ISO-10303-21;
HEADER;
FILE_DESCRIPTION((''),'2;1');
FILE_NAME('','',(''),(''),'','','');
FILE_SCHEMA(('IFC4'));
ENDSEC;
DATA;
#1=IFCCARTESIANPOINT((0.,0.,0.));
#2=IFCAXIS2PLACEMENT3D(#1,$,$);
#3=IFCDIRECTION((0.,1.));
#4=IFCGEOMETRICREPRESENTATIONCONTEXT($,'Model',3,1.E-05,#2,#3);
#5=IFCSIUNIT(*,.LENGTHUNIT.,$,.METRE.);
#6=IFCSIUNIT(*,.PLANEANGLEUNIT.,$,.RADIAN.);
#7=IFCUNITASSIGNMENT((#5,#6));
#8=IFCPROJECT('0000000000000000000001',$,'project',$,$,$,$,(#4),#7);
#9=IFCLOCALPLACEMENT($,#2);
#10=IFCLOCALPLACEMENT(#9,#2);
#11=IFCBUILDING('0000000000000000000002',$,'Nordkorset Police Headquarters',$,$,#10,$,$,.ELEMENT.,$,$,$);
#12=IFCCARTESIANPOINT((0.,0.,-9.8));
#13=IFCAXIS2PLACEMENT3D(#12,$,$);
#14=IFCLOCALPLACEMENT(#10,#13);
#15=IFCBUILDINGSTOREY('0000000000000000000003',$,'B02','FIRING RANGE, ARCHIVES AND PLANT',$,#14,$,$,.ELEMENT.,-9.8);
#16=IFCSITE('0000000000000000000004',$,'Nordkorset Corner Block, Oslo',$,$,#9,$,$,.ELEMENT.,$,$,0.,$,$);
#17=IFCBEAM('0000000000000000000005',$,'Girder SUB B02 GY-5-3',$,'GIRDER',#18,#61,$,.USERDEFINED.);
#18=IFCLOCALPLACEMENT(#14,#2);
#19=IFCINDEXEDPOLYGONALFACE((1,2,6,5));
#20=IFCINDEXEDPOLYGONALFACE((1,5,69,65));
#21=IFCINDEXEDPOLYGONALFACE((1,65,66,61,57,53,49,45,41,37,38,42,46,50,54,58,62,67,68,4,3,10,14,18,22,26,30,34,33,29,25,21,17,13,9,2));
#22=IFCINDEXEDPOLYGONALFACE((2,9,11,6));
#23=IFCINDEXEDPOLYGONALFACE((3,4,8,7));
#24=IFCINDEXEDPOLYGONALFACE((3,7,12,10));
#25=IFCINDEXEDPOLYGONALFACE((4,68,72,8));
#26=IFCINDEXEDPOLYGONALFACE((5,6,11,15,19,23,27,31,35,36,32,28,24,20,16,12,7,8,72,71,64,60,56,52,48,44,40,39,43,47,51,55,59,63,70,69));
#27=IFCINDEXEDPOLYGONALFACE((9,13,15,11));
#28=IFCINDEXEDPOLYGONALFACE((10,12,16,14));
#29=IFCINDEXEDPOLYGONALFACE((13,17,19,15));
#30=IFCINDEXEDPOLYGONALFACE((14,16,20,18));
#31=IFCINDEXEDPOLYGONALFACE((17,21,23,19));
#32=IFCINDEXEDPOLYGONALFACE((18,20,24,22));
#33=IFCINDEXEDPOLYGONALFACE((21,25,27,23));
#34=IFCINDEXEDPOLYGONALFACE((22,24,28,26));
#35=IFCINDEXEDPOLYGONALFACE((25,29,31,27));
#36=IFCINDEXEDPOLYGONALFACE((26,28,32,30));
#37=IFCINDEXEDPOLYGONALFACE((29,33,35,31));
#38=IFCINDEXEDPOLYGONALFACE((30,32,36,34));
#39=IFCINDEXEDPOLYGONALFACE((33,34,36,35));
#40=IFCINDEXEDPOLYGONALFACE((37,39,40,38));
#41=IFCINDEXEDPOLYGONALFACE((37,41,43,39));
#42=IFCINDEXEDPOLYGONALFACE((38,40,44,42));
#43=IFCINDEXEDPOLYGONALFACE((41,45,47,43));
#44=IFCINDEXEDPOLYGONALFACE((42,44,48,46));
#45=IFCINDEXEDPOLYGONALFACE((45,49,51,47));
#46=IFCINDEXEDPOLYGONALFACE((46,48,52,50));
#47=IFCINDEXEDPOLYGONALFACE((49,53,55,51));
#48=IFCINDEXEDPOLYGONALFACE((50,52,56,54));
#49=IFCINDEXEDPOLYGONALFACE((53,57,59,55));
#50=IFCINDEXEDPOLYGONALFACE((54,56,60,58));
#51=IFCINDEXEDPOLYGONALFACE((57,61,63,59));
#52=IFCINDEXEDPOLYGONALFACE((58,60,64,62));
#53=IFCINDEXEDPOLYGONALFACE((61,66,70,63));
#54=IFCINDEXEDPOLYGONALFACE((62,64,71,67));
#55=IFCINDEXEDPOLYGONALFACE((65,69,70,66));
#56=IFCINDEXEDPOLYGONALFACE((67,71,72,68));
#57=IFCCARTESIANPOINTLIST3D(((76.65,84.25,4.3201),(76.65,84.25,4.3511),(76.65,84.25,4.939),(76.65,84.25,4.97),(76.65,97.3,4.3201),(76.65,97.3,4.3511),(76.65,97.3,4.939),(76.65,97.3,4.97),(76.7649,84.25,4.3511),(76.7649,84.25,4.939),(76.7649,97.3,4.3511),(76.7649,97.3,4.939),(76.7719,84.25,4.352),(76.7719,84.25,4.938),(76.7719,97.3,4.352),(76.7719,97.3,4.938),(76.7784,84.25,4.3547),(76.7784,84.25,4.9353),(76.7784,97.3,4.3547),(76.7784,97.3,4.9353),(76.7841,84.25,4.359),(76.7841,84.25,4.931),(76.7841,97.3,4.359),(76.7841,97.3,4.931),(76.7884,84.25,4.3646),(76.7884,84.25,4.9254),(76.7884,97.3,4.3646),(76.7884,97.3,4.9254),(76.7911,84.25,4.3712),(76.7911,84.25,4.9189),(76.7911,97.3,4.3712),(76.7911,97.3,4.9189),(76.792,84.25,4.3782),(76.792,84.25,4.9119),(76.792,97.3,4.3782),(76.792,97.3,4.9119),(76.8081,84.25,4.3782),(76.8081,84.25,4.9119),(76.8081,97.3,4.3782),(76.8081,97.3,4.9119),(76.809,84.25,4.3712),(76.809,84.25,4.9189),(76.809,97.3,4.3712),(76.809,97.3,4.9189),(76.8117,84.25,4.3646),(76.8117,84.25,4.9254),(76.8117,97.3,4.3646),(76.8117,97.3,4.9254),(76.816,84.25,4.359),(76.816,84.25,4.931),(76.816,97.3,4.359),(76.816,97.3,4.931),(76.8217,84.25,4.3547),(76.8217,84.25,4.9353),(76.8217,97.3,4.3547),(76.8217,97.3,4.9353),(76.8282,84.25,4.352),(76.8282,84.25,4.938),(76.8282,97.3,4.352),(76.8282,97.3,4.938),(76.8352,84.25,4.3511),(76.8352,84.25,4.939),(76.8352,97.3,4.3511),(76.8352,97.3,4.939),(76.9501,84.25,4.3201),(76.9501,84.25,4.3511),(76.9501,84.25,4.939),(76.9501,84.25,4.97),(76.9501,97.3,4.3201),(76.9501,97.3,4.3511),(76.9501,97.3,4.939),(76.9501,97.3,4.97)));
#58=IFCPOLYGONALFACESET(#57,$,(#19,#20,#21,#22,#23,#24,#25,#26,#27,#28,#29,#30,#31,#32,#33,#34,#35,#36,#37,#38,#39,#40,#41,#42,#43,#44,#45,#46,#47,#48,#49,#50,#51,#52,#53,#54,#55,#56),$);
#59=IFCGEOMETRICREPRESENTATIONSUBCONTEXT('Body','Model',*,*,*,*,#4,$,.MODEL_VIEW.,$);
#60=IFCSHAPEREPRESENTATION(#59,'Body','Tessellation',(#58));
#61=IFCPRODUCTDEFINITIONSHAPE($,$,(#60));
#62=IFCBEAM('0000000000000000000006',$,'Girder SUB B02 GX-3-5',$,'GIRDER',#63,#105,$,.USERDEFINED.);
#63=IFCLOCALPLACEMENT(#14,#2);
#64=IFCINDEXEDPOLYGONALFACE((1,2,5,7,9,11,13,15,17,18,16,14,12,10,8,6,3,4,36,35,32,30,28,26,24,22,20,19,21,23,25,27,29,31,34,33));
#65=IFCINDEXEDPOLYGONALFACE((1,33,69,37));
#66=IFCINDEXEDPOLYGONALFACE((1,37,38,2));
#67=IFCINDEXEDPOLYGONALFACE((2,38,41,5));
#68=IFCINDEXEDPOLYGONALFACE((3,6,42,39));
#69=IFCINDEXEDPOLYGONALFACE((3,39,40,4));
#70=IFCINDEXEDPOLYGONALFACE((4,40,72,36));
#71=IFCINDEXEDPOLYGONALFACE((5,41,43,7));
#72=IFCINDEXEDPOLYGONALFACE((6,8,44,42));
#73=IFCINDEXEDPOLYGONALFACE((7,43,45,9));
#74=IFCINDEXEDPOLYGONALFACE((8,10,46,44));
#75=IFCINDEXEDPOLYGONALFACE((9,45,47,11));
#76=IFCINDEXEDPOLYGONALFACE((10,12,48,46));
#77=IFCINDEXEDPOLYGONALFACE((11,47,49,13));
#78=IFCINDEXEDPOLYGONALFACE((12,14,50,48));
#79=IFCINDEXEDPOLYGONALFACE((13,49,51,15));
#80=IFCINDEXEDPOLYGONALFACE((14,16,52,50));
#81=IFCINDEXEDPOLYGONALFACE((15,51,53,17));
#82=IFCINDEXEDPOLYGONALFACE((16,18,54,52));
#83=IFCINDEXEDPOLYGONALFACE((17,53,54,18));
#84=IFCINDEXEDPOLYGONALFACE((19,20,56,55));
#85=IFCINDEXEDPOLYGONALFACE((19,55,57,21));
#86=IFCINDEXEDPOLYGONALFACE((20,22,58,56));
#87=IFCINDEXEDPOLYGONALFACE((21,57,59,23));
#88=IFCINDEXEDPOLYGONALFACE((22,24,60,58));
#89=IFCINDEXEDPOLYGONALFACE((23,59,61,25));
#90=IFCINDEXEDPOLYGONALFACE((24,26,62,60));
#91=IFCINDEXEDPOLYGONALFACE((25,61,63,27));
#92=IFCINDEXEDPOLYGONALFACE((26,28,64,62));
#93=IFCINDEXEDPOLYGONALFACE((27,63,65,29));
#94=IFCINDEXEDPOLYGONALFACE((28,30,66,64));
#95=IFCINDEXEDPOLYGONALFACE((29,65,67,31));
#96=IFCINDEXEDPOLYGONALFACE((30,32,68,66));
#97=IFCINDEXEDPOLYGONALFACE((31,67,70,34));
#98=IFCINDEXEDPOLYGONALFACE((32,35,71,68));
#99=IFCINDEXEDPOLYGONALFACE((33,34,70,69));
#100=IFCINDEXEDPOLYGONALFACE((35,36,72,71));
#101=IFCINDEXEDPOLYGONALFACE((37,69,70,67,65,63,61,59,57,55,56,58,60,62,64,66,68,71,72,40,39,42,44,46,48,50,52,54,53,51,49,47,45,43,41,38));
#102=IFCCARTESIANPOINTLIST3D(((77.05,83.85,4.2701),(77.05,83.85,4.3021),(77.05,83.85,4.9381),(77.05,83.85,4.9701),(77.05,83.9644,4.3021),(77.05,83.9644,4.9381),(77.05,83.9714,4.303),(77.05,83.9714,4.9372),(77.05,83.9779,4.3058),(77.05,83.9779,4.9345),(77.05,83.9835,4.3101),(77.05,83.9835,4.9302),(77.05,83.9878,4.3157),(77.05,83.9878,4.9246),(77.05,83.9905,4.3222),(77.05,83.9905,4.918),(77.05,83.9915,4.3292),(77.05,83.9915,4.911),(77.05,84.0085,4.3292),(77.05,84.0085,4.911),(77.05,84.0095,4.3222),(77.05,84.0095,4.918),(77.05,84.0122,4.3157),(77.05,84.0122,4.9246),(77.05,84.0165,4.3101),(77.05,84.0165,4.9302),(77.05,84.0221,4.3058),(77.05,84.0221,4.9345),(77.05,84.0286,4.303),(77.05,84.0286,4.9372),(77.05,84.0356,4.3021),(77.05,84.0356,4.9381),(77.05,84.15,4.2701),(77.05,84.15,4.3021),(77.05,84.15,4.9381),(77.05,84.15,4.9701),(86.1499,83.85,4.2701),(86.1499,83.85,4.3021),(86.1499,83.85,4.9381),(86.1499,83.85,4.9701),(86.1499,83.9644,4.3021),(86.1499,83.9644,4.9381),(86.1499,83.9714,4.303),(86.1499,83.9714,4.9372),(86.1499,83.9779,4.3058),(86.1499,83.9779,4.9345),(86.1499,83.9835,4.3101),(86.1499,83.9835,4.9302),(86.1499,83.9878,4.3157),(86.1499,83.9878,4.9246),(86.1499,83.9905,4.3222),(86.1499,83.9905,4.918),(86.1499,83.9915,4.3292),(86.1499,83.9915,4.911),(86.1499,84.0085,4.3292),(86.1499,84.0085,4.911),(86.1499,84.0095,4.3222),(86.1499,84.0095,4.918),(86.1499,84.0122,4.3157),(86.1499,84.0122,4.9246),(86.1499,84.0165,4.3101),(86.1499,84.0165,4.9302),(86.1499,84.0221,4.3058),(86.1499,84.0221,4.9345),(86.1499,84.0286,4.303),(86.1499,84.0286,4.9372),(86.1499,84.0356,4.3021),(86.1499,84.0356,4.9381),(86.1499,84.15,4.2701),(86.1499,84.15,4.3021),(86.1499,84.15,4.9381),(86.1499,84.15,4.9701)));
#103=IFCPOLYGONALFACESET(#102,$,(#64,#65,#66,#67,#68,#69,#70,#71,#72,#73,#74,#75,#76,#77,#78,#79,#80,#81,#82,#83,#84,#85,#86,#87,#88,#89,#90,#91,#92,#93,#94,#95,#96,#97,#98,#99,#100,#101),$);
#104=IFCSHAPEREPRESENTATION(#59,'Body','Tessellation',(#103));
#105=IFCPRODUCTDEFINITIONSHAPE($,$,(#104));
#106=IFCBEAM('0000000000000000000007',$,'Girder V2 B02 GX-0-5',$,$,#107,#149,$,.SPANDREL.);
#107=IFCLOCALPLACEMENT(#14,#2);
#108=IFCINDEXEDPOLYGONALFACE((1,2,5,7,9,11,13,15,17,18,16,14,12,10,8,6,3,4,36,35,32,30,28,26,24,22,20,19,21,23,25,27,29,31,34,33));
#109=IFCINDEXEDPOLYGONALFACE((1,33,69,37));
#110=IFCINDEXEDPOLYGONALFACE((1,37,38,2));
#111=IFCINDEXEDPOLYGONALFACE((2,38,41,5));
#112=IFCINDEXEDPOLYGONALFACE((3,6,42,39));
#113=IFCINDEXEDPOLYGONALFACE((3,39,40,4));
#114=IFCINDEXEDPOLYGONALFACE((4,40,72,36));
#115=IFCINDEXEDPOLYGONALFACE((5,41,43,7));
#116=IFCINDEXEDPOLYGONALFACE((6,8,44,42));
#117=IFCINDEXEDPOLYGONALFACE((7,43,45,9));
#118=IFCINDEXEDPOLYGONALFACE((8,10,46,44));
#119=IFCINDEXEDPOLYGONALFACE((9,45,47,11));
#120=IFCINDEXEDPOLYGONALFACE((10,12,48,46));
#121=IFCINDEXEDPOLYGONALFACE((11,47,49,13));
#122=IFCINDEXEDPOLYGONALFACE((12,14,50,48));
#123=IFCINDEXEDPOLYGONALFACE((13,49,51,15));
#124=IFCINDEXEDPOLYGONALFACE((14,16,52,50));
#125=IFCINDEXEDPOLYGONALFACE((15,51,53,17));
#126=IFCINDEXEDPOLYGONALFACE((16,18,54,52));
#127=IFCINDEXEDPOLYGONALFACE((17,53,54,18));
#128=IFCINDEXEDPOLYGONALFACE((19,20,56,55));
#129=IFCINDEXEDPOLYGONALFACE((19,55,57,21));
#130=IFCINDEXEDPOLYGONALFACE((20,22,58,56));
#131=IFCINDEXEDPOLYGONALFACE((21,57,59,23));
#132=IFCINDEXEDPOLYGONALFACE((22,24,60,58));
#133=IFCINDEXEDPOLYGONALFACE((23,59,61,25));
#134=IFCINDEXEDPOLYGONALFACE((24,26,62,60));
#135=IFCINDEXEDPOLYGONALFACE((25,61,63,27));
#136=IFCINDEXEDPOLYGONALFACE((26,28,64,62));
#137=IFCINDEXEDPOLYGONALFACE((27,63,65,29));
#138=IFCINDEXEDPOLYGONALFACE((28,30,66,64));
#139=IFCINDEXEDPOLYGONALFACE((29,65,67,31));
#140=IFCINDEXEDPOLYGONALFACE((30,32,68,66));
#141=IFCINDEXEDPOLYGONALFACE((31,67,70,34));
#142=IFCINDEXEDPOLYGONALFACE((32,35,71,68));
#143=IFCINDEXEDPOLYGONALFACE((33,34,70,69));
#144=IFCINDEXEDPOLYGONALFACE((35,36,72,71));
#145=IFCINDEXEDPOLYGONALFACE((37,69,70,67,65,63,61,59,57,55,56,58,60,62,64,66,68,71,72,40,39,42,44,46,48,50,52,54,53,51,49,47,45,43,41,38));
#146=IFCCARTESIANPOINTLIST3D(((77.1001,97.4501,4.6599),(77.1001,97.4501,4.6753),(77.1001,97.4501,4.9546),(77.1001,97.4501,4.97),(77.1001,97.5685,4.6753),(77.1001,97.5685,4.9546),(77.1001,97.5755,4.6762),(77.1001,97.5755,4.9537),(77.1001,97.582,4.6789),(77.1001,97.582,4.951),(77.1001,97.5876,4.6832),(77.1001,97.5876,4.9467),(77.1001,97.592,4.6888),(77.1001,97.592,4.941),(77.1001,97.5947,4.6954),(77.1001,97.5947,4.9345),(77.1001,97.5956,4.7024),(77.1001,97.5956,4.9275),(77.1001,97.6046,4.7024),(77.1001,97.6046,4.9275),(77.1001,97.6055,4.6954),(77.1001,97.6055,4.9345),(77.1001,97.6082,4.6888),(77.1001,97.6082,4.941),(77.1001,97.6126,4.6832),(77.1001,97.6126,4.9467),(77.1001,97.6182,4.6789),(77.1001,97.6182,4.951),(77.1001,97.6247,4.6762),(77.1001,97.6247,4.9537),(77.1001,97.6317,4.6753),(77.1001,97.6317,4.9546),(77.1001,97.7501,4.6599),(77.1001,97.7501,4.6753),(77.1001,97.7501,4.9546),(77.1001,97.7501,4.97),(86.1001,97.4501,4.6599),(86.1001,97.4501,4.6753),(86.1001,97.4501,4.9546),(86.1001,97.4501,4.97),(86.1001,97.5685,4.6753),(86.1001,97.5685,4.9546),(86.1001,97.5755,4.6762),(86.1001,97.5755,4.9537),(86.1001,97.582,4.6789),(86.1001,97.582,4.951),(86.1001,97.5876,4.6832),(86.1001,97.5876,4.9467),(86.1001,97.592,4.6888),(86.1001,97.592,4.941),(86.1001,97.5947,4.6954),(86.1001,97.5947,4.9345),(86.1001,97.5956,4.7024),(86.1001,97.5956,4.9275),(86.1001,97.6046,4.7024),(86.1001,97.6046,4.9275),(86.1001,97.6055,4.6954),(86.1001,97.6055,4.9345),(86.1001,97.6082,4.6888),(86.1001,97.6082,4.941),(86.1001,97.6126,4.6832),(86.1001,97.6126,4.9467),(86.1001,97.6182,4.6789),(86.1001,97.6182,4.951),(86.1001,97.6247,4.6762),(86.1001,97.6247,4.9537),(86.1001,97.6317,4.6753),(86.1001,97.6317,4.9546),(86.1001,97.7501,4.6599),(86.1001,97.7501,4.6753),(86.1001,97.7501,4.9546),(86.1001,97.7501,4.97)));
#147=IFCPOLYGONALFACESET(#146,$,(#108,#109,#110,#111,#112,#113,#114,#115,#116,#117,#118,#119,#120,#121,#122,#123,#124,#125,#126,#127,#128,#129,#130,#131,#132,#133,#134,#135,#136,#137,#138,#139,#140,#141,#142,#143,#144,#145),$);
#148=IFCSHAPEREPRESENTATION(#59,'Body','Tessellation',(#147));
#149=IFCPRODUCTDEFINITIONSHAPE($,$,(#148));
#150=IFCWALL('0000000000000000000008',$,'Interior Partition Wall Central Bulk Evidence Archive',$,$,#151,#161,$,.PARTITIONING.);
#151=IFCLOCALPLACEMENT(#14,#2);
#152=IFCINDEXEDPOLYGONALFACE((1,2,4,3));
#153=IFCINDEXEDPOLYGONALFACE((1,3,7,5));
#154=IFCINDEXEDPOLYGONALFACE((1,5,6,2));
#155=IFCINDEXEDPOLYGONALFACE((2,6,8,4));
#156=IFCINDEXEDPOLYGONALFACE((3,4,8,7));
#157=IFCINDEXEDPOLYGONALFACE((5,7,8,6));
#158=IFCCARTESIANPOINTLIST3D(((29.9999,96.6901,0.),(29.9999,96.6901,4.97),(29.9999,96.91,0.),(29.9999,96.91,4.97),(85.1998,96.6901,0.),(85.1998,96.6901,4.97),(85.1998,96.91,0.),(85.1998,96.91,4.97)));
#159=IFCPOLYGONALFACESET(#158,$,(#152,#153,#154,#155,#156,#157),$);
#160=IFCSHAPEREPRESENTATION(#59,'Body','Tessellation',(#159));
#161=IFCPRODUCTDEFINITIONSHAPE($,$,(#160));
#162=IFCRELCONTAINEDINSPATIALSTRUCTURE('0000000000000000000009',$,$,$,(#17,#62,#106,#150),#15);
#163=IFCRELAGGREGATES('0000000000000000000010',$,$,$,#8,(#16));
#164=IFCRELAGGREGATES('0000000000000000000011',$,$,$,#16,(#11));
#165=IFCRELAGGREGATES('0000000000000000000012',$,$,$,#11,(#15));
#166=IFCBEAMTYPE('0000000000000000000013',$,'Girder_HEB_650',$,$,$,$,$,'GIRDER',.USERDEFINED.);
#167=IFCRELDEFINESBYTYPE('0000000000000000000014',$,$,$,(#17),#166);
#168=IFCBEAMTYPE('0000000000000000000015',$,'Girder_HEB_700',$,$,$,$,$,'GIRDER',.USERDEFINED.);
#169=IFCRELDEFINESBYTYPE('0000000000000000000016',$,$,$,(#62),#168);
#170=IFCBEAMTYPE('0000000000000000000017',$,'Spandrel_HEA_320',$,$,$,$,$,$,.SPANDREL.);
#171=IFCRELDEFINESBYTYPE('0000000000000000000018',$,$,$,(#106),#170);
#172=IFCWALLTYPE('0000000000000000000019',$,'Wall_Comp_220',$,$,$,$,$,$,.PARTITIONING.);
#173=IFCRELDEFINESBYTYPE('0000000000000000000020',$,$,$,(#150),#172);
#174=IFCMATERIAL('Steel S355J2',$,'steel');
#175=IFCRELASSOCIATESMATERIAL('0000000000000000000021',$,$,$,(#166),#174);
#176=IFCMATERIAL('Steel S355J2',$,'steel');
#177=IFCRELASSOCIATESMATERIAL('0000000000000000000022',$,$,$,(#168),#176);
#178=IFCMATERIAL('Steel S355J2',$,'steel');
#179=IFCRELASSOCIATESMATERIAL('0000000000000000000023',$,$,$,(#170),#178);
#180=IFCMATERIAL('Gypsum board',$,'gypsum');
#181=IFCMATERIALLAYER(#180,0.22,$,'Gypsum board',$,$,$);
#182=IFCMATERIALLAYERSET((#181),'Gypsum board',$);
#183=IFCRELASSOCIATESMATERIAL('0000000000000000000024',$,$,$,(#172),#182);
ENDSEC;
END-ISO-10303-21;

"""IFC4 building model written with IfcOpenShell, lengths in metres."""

from ifc_helpers import new_model, si_unit, direction, frame, frame_2d, origin, origin_2d, place, context, subcontext, project, spatial, rectangle, i_section, extrude, material, layer, layer_set, material_profile, profile_set, type_object, element, save


model = new_model("IFC4")

# Units and contexts
model_context = context("Model", 3, precision=1e-05, world=origin(), true_north=direction((0.0, 1.0)))
body_context = subcontext(model_context, "Body", "Model", "MODEL_VIEW")
ifc_project = project(units=[si_unit("LENGTHUNIT", "METRE"), si_unit("PLANEANGLEUNIT", "RADIAN")], contexts=[model_context])

# Site, building, storey
site_placement = place(None, origin())
site = spatial("IfcSite", under=ifc_project, at=site_placement, Name="Nordkorset Corner Block, Oslo", CompositionType="ELEMENT", RefElevation=0.0)
building_placement = place(site_placement, origin())
building = spatial("IfcBuilding", under=site, at=building_placement, Name="Nordkorset Police Headquarters", CompositionType="ELEMENT")
storey_placement = place(building_placement, frame((0.0, 0.0, -9.8)))
storey = spatial("IfcBuildingStorey", under=building, at=storey_placement, Name="B02", Description="FIRING RANGE, ARCHIVES AND PLANT", CompositionType="ELEMENT", Elevation=-9.8)

# Beams
ifc_material_1 = material(Name="Steel S355J2", Category="steel")
ifc_material_profile_1 = material_profile(ifc_material_1, i_section(OverallWidth=0.3, OverallDepth=0.6499, WebThickness=0.0161, FlangeThickness=0.031, FilletRadius=0.0271, at=origin_2d()), Name="HEB 650")
ifc_profile_set_1 = profile_set([ifc_material_profile_1], Name="Steel S355J2")
beam_type_1 = type_object("IfcBeamType", Name="Girder_HEB_650", ElementType="GIRDER", PredefinedType="USERDEFINED", material=ifc_profile_set_1)
beam_1_placement = place(storey_placement, frame((76.8, 84.25, 4.645), z_axis=(0.0, 1.0, 0.0), x_axis=(-1.0, 0.0, 0.0)))
element("IfcBeam", 1, at=beam_1_placement, inside=storey, type_object=beam_type_1, Name="Girder SUB B02 GY-5-3", ObjectType="GIRDER", PredefinedType="USERDEFINED", context=body_context, shape_type="SweptSolid", body=[
    extrude(i_section(OverallWidth=0.3, OverallDepth=0.6499, WebThickness=0.0161, FlangeThickness=0.031, FilletRadius=0.0271, at=origin_2d()), origin(), (0.0, 0.0, 1.0), 13.05),
])
ifc_material_2 = material(Name="Steel S355J2", Category="steel")
ifc_material_profile_2 = material_profile(ifc_material_2, i_section(OverallWidth=0.3, OverallDepth=0.7, WebThickness=0.0171, FlangeThickness=0.032, FilletRadius=0.0271, at=origin_2d()), Name="HEB 700")
ifc_profile_set_2 = profile_set([ifc_material_profile_2], Name="Steel S355J2")
beam_type_2 = type_object("IfcBeamType", Name="Girder_HEB_700", ElementType="GIRDER", PredefinedType="USERDEFINED", material=ifc_profile_set_2)
beam_2_placement = place(storey_placement, frame((77.05, 84.0, 4.6201), z_axis=(1.0, 0.0, 0.0), x_axis=(0.0, 1.0, 0.0)))
element("IfcBeam", 2, at=beam_2_placement, inside=storey, type_object=beam_type_2, Name="Girder SUB B02 GX-3-5", ObjectType="GIRDER", PredefinedType="USERDEFINED", context=body_context, shape_type="SweptSolid", body=[
    extrude(i_section(OverallWidth=0.3, OverallDepth=0.7, WebThickness=0.0171, FlangeThickness=0.032, FilletRadius=0.0271, at=origin_2d()), origin(), (0.0, 0.0, 1.0), 9.0999),
])
ifc_material_3 = material(Name="Steel S355J2", Category="steel")
ifc_material_profile_3 = material_profile(ifc_material_3, i_section(OverallWidth=0.3, OverallDepth=0.3101, WebThickness=0.009, FlangeThickness=0.0154, FilletRadius=0.0271, at=origin_2d()), Name="HEA 320")
ifc_profile_set_3 = profile_set([ifc_material_profile_3], Name="Steel S355J2")
beam_type_3 = type_object("IfcBeamType", Name="Spandrel_HEA_320", PredefinedType="SPANDREL", material=ifc_profile_set_3)
beam_3_placement = place(storey_placement, frame((77.1001, 97.6001, 4.8149), z_axis=(1.0, 0.0, 0.0), x_axis=(0.0, 1.0, 0.0)))
element("IfcBeam", 3, at=beam_3_placement, inside=storey, type_object=beam_type_3, Name="Girder V2 B02 GX-0-5", PredefinedType="SPANDREL", context=body_context, shape_type="SweptSolid", body=[
    extrude(i_section(OverallWidth=0.3, OverallDepth=0.3101, WebThickness=0.009, FlangeThickness=0.0154, FilletRadius=0.0271, at=origin_2d()), origin(), (0.0, 0.0, 1.0), 9.0),
])

# Wall
ifc_material_4 = material(Name="Gypsum board", Category="gypsum")
ifc_layer = layer(ifc_material_4, 0.22, Name="Gypsum board")
ifc_layer_set = layer_set([ifc_layer], Name="Gypsum board")
wall_type = type_object("IfcWallType", Name="Wall_Comp_220", PredefinedType="PARTITIONING", material=ifc_layer_set)
wall_placement = place(storey_placement, frame((85.2, 96.8, 0.0), z_axis=(0.0, 0.0, 1.0), x_axis=(-1.0, 0.0, 0.0)))
element("IfcWall", 4, at=wall_placement, inside=storey, type_object=wall_type, Name="Interior Partition Wall Central Bulk Evidence Archive", PredefinedType="PARTITIONING", context=body_context, shape_type="SweptSolid", body=[
    extrude(rectangle(XDim=55.2, YDim=0.22, at=frame_2d((27.6001, 0.0))), origin(), (0.0, 0.0, 1.0), 4.97),
])

save(model, "model.ifc")
